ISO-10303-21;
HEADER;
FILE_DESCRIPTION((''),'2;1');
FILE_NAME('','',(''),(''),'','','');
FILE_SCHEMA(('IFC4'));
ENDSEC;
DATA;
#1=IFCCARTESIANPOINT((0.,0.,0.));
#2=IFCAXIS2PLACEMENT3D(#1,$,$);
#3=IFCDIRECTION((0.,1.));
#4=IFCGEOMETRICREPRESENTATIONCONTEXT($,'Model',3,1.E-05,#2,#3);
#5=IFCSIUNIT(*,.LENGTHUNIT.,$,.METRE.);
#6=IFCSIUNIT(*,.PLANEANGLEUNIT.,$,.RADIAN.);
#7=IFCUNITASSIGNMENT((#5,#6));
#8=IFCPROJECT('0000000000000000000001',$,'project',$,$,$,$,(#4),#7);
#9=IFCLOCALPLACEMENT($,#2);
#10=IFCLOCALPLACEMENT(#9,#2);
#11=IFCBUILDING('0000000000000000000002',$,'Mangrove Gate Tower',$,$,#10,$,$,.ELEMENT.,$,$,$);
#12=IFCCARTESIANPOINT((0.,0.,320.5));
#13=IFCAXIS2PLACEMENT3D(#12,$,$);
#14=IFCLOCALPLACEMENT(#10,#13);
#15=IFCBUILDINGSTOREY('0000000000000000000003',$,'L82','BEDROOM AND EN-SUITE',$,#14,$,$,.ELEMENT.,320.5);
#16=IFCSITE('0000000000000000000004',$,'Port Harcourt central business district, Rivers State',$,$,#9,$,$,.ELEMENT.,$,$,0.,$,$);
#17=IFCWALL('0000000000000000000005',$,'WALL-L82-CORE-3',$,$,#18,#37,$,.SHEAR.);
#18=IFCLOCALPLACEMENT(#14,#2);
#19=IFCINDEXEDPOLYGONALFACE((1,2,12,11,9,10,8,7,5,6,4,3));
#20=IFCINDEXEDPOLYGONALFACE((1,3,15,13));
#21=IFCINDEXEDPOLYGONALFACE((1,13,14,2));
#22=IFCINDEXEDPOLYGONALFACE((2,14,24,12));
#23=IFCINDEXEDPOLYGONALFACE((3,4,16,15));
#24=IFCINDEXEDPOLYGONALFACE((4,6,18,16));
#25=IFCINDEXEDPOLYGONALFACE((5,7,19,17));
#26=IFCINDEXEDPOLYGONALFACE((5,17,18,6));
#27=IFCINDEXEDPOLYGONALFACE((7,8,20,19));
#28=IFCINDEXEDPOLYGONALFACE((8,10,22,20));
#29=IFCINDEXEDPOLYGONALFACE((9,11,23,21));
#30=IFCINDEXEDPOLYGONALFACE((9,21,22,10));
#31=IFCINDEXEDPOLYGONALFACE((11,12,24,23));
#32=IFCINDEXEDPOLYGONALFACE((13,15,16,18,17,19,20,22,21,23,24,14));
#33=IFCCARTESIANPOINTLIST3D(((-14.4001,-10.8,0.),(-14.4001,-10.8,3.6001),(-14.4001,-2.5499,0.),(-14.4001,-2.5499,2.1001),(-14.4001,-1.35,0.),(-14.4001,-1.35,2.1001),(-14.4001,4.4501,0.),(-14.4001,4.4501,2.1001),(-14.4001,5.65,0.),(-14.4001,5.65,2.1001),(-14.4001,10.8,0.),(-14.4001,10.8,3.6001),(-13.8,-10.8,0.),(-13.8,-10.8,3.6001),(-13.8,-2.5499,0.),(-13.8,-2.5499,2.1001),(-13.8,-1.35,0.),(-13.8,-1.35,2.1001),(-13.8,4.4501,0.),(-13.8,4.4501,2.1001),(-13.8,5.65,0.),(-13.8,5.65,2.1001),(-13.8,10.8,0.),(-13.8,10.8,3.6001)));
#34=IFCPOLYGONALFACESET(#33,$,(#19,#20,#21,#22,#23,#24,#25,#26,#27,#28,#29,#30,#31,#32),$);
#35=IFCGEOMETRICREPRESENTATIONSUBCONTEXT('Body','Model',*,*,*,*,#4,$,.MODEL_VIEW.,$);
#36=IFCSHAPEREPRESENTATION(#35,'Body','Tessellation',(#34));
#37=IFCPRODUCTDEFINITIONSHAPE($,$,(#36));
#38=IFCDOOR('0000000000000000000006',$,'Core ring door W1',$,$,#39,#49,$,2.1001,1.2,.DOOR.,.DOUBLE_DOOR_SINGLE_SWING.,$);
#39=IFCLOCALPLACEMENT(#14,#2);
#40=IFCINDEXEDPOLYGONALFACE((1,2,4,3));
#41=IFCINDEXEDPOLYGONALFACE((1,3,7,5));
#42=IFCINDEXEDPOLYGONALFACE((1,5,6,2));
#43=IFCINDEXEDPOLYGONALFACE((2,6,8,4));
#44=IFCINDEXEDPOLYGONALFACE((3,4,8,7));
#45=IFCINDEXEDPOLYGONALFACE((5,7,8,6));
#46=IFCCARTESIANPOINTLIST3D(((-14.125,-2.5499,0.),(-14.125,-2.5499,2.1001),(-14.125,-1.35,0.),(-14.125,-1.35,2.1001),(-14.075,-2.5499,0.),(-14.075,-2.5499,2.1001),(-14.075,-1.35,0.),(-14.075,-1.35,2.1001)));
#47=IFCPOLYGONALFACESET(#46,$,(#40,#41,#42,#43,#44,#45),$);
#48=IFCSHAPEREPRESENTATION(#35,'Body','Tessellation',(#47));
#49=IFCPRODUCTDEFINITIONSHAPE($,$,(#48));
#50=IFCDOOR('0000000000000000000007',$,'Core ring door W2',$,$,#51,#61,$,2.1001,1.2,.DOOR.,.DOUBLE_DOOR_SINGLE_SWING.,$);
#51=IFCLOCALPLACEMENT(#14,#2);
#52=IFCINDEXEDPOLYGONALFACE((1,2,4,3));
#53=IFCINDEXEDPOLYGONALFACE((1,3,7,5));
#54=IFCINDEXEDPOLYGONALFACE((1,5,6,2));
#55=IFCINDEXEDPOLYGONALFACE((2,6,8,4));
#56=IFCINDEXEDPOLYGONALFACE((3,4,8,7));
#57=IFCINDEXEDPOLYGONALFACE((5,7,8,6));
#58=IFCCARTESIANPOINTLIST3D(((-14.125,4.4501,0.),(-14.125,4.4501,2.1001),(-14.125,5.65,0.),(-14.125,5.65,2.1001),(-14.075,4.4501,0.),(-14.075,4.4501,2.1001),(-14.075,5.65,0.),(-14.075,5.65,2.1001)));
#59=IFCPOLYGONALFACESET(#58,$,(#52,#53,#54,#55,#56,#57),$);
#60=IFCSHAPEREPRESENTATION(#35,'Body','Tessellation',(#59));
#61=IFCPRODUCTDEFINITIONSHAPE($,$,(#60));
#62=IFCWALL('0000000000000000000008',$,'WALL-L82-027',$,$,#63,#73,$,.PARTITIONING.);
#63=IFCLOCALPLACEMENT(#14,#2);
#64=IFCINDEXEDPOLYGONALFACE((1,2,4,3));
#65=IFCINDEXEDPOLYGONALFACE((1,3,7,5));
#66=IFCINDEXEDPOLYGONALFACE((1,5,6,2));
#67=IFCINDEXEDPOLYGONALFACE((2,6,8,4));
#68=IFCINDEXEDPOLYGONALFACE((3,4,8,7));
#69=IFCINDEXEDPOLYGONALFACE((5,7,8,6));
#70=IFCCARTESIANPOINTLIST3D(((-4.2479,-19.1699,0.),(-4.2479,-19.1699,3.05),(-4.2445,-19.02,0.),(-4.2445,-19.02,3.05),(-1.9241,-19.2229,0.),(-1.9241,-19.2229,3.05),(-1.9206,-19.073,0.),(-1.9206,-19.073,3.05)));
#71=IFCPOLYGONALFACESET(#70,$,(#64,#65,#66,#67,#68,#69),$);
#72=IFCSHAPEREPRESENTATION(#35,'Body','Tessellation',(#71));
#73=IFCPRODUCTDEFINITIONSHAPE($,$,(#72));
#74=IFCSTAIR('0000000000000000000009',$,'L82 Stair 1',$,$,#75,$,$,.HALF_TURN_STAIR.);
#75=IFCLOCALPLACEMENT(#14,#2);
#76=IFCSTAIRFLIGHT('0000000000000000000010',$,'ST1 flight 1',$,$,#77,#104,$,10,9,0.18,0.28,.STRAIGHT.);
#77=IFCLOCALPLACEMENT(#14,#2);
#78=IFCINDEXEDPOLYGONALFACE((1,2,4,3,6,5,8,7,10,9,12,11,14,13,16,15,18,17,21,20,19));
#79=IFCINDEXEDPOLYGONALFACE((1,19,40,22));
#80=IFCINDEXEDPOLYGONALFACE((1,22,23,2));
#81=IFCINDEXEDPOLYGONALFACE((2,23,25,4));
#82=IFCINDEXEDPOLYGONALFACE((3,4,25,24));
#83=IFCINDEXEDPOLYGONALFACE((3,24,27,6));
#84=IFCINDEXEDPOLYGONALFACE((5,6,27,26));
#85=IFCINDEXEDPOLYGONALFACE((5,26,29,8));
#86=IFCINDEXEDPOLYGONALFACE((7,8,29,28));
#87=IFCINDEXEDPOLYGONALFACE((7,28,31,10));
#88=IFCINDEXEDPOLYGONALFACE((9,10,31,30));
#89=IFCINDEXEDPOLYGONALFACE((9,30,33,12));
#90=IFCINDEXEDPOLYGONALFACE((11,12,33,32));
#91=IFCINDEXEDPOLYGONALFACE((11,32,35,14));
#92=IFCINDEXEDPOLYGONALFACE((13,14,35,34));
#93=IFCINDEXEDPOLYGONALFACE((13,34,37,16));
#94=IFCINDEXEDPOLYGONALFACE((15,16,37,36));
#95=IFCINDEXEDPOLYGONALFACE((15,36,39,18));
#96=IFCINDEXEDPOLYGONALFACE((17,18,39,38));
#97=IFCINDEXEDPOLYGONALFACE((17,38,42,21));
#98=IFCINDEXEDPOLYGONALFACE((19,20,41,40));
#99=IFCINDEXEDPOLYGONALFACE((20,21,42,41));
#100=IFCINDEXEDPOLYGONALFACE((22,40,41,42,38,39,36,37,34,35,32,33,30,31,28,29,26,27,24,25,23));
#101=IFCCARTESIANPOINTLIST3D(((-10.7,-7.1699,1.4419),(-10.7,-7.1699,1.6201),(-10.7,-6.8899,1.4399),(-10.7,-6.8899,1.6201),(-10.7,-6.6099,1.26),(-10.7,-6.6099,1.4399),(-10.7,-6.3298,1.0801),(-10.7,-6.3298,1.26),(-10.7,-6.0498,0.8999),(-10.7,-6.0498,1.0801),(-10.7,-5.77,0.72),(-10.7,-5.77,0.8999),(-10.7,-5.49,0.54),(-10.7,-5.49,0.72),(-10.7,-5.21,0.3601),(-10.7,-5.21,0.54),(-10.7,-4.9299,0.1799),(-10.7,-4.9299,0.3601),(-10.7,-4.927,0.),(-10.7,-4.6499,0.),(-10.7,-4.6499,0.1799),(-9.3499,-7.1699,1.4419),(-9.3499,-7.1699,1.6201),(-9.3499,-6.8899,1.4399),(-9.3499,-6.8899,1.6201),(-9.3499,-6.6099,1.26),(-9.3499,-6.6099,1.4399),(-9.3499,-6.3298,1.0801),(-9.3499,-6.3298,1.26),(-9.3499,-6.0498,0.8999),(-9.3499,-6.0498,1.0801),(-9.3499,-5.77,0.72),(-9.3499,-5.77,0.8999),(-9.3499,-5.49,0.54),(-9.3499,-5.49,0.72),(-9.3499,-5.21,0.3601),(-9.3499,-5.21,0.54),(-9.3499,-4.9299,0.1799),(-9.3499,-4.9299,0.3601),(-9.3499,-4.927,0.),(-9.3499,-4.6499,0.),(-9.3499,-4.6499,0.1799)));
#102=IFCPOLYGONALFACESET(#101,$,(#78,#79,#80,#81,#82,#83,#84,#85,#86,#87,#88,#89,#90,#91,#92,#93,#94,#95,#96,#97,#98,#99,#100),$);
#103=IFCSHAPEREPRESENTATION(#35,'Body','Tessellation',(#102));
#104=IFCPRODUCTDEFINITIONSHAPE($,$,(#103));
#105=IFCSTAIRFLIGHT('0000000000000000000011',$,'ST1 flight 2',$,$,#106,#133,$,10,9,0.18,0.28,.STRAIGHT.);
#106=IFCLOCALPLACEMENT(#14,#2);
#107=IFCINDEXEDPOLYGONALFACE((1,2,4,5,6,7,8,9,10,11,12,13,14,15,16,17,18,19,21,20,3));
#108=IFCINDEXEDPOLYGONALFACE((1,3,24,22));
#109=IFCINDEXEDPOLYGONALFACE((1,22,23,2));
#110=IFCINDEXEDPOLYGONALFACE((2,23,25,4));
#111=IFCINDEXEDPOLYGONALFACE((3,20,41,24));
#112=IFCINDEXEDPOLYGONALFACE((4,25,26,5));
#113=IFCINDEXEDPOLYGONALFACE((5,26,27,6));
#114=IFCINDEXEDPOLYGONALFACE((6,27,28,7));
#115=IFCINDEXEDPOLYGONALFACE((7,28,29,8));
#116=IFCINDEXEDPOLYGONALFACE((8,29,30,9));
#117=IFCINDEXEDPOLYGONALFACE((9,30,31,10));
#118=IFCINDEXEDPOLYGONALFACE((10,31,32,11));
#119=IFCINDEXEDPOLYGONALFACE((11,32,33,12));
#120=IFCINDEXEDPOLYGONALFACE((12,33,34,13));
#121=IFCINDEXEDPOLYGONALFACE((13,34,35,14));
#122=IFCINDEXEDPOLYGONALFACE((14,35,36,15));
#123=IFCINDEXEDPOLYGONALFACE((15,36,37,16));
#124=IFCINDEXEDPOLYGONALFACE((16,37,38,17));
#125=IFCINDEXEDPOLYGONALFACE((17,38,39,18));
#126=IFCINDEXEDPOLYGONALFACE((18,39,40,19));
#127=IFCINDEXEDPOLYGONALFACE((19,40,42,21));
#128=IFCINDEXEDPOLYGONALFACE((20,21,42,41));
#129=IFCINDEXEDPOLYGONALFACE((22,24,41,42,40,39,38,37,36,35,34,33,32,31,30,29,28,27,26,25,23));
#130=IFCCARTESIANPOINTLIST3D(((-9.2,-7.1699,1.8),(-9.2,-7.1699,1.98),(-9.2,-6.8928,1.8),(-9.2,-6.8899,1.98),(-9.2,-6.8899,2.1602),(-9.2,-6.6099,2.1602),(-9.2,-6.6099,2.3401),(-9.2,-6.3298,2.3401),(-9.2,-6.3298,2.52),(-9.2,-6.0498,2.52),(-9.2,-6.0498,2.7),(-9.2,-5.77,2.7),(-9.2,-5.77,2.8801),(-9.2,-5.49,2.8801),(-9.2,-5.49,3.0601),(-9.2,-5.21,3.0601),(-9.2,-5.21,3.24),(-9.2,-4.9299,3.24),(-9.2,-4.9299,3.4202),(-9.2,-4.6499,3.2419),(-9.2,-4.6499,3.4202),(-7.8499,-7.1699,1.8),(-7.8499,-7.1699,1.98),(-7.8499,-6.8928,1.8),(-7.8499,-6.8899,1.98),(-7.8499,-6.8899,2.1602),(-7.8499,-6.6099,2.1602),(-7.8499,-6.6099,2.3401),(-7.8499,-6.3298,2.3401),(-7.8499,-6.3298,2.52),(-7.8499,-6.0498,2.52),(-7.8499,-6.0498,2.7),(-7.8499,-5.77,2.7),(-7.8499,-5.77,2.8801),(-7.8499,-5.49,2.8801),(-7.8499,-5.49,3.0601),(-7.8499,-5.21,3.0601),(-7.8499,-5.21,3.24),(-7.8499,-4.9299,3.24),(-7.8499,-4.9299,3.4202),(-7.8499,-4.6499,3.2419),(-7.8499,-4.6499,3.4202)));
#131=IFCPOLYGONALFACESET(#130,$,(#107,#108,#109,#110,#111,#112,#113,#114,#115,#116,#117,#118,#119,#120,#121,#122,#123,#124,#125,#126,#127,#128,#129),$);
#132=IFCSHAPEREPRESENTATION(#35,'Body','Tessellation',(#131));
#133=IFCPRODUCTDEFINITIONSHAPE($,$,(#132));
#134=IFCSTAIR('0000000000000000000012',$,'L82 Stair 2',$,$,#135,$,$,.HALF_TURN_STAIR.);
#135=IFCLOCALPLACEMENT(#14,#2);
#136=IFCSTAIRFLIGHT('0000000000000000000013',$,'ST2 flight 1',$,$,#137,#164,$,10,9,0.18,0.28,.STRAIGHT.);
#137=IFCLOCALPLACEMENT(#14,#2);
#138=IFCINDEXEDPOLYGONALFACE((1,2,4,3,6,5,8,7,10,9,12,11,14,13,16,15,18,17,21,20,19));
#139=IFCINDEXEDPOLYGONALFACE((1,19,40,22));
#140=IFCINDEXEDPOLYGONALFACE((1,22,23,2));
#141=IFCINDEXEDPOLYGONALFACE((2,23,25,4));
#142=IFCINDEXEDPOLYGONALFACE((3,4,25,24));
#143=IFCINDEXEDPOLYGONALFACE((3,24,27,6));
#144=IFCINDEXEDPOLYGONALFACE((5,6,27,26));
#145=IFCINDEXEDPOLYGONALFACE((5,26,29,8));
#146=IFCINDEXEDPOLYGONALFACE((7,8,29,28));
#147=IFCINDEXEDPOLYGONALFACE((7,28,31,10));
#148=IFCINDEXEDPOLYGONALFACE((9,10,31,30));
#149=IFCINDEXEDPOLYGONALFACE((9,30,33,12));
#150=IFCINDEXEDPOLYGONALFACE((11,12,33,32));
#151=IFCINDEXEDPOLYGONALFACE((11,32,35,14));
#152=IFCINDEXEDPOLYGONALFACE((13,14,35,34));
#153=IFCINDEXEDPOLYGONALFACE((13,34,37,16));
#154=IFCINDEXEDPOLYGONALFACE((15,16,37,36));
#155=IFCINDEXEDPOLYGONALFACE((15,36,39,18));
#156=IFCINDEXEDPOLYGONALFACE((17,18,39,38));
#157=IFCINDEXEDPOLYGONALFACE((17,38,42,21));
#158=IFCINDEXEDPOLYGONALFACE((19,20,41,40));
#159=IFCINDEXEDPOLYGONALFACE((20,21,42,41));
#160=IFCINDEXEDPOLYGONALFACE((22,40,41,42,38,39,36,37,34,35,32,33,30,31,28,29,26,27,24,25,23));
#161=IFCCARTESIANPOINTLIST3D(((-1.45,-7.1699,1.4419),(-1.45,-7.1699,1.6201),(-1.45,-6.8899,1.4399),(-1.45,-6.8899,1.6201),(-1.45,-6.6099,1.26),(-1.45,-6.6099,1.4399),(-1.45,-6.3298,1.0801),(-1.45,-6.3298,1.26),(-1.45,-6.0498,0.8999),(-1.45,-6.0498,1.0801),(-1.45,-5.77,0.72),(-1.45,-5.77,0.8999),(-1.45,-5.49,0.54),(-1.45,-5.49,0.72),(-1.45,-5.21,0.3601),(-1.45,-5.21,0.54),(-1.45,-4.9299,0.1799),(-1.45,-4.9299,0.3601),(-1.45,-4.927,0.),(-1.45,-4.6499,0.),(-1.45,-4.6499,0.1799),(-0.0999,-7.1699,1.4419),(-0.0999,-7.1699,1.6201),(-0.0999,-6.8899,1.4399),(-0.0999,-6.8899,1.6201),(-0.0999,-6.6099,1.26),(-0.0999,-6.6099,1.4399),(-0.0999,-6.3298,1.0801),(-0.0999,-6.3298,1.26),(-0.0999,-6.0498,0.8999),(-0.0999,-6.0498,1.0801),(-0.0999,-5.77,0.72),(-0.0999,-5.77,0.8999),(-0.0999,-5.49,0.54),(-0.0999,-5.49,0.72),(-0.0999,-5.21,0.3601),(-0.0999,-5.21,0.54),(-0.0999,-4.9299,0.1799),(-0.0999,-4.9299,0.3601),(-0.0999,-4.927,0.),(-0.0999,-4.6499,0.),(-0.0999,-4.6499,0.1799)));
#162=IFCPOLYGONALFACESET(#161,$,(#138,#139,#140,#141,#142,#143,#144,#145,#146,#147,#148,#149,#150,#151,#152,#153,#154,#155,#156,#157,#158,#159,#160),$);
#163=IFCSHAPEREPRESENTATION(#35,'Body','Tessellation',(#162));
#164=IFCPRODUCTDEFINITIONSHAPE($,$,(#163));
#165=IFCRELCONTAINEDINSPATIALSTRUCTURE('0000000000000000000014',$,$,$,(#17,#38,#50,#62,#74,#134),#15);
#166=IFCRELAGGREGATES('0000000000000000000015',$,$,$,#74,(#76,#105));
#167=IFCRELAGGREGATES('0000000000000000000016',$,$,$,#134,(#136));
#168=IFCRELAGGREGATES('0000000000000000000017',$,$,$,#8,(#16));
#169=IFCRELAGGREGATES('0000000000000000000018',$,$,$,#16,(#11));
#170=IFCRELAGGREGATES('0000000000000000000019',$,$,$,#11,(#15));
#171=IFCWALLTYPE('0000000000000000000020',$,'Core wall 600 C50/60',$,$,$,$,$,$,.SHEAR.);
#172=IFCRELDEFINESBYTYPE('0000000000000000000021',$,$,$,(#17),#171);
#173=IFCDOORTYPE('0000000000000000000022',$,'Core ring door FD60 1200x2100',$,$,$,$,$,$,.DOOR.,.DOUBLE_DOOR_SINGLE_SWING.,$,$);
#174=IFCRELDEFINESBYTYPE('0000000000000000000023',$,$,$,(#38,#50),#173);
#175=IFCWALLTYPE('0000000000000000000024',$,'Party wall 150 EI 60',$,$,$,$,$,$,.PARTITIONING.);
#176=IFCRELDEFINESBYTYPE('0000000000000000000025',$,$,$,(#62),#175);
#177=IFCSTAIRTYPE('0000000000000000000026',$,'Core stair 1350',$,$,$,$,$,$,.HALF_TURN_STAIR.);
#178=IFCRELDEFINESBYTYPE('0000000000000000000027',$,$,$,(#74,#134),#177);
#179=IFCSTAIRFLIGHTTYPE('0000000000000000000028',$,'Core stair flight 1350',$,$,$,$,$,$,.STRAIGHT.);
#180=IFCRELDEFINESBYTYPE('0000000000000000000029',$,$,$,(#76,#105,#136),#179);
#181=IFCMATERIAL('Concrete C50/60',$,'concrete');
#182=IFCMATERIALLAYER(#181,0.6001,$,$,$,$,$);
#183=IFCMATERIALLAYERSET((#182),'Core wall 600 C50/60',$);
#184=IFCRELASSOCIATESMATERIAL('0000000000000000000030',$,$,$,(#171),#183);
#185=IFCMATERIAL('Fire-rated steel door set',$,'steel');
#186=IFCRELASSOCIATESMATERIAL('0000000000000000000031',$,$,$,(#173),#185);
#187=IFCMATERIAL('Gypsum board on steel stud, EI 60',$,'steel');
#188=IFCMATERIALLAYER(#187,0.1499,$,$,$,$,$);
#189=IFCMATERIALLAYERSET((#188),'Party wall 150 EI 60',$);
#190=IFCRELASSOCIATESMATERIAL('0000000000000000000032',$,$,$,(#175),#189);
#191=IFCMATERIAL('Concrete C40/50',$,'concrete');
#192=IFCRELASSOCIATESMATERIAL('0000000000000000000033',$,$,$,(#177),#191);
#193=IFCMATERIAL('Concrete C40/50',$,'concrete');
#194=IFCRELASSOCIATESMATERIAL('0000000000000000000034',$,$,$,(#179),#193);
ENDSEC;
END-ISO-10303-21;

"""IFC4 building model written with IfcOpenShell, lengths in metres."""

from ifc_helpers import new_model, si_unit, direction, frame, frame_2d, origin, place, context, subcontext, project, spatial, polyline, rectangle, outline, extrude, material, layer, layer_set, type_object, element, fill, aggregate, save


model = new_model("IFC4")

# Units and contexts
model_context = context("Model", 3, precision=1e-05, world=origin(), true_north=direction((0.0, 1.0)))
body_context = subcontext(model_context, "Body", "Model", "MODEL_VIEW")
ifc_project = project(units=[si_unit("LENGTHUNIT", "METRE"), si_unit("PLANEANGLEUNIT", "RADIAN")], contexts=[model_context])

# Site, building, storey
site_placement = place(None, origin())
site = spatial("IfcSite", under=ifc_project, at=site_placement, Name="Port Harcourt central business district, Rivers State", CompositionType="ELEMENT", RefElevation=0.0)
building_placement = place(site_placement, origin())
building = spatial("IfcBuilding", under=site, at=building_placement, Name="Mangrove Gate Tower", CompositionType="ELEMENT")
storey_placement = place(building_placement, frame((0.0, 0.0, 320.5)))
storey = spatial("IfcBuildingStorey", under=building, at=storey_placement, Name="L82", Description="BEDROOM AND EN-SUITE", CompositionType="ELEMENT", Elevation=320.5)

# Shared definitions
ifc_material_1 = material(Name="Concrete C50/60", Category="concrete")
ifc_layer_1 = layer(ifc_material_1, 0.6001)
ifc_layer_set_1 = layer_set([ifc_layer_1], Name="Core wall 600 C50/60")
wall_type_1 = type_object("IfcWallType", Name="Core wall 600 C50/60", PredefinedType="SHEAR", material=ifc_layer_set_1)

# Wall, openings, doors
wall_1_placement = place(storey_placement, frame((-14.1001, -10.8, 0.0), z_axis=(0.0, 0.0, 1.0), x_axis=(0.0, 1.0, 0.0)))
wall_1 = element("IfcWall", 1, at=wall_1_placement, inside=storey, type_object=wall_type_1, Name="WALL-L82-CORE-3", PredefinedType="SHEAR", context=body_context, shape_type="SweptSolid", body=[
    extrude(rectangle(XDim=21.6001, YDim=0.6001, at=frame_2d((10.8, 0.0))), origin(), (0.0, 0.0, 1.0), 3.6001),
])
opening_1_placement = place(wall_1_placement, frame((8.25, 0.0, 0.0)))
opening_1 = element("IfcOpeningElement", 2, at=opening_1_placement, cuts=wall_1, PredefinedType="OPENING", context=body_context, shape_type="SweptSolid", body=[
    extrude(rectangle(XDim=1.2, YDim=2.1001, at=frame_2d((0.6001, 1.05))), frame((0.0, 0.3101, 0.0), z_axis=(0.0, -1.0, 0.0), x_axis=(1.0, 0.0, 0.0)), (0.0, 0.0, 1.0), 0.6201),
])
opening_2_placement = place(wall_1_placement, frame((15.25, 0.0, 0.0)))
opening_2 = element("IfcOpeningElement", 3, at=opening_2_placement, cuts=wall_1, PredefinedType="OPENING", context=body_context, shape_type="SweptSolid", body=[
    extrude(rectangle(XDim=1.2, YDim=2.1001, at=frame_2d((0.6001, 1.05))), frame((0.0, 0.3101, 0.0), z_axis=(0.0, -1.0, 0.0), x_axis=(1.0, 0.0, 0.0)), (0.0, 0.0, 1.0), 0.6201),
])
ifc_material_2 = material(Name="Fire-rated steel door set", Category="steel")
door_type_1 = type_object("IfcDoorType", Name="Core ring door FD60 1200x2100", OperationType="DOUBLE_DOOR_SINGLE_SWING", PredefinedType="DOOR", material=ifc_material_2)
door_1_placement = place(opening_1_placement, origin())
door_1 = element("IfcDoor", 4, at=door_1_placement, inside=storey, type_object=door_type_1, Name="Core ring door W1", OperationType="DOUBLE_DOOR_SINGLE_SWING", OverallHeight=2.1001, OverallWidth=1.2, PredefinedType="DOOR", context=body_context, shape_type="SweptSolid", body=[
    extrude(rectangle(XDim=1.2, YDim=2.1001, at=frame_2d((0.6001, 1.05))), frame((0.0, 0.0249, 0.0), z_axis=(0.0, -1.0, 0.0), x_axis=(1.0, 0.0, 0.0)), (0.0, 0.0, 1.0), 0.05),
])
fill(opening_1, door_1)
door_2_placement = place(opening_2_placement, origin())
door_2 = element("IfcDoor", 5, at=door_2_placement, inside=storey, type_object=door_type_1, Name="Core ring door W2", OperationType="DOUBLE_DOOR_SINGLE_SWING", OverallHeight=2.1001, OverallWidth=1.2, PredefinedType="DOOR", context=body_context, shape_type="SweptSolid", body=[
    extrude(rectangle(XDim=1.2, YDim=2.1001, at=frame_2d((0.6001, 1.05))), frame((0.0, 0.0249, 0.0), z_axis=(0.0, -1.0, 0.0), x_axis=(1.0, 0.0, 0.0)), (0.0, 0.0, 1.0), 0.05),
])
fill(opening_2, door_2)

# Wall
ifc_material_3 = material(Name="Gypsum board on steel stud, EI 60", Category="steel")
ifc_layer_2 = layer(ifc_material_3, 0.1499)
ifc_layer_set_2 = layer_set([ifc_layer_2], Name="Party wall 150 EI 60")
wall_type_2 = type_object("IfcWallType", Name="Party wall 150 EI 60", PredefinedType="PARTITIONING", material=ifc_layer_set_2)
wall_2_placement = place(storey_placement, frame((-4.2461, -19.095, 0.0), z_axis=(0.0, 0.0, 1.0), x_axis=(0.99974, -0.022791, 0.0)))
element("IfcWall", 6, at=wall_2_placement, inside=storey, type_object=wall_type_2, Name="WALL-L82-027", PredefinedType="PARTITIONING", context=body_context, shape_type="SweptSolid", body=[
    extrude(rectangle(XDim=2.3245, YDim=0.1499, at=frame_2d((1.1621, 0.0))), origin(), (0.0, 0.0, 1.0), 3.05),
])

# Stair, stair flights
ifc_material_4 = material(Name="Concrete C40/50", Category="concrete")
stair_type = type_object("IfcStairType", Name="Core stair 1350", PredefinedType="HALF_TURN_STAIR", material=ifc_material_4)
stair_1_placement = place(storey_placement, origin())
stair_1 = element("IfcStair", 7, at=stair_1_placement, inside=storey, type_object=stair_type, Name="L82 Stair 1", PredefinedType="HALF_TURN_STAIR")
ifc_material_5 = material(Name="Concrete C40/50", Category="concrete")
stair_flight_type = type_object("IfcStairFlightType", Name="Core stair flight 1350", PredefinedType="STRAIGHT", material=ifc_material_5)
stair_flight_1_placement = place(storey_placement, frame((-10.0249, -4.6499, 0.0), z_axis=(0.0, 0.0, 1.0), x_axis=(0.0, -1.0, 0.0)))
stair_flight_1 = element("IfcStairFlight", 8, at=stair_flight_1_placement, type_object=stair_flight_type, Name="ST1 flight 1", NumberOfRisers=10, NumberOfTreads=9, PredefinedType="STRAIGHT", RiserHeight=0.18, TreadLength=0.28, context=body_context, shape_type="SweptSolid", body=[
    extrude(outline(polyline([(0.0, 0.0), (0.0, 0.1799), (0.28, 0.1799), (0.28, 0.3601), (0.5601, 0.3601), (0.5601, 0.54), (0.8401, 0.54), (0.8401, 0.72), (1.1201, 0.72), (1.1201, 0.8999), (1.3999, 0.8999), (1.3999, 1.0801), (1.6799, 1.0801), (1.6799, 1.26), (1.96, 1.26), (1.96, 1.4399), (2.24, 1.4399), (2.24, 1.6201), (2.52, 1.6201), (2.52, 1.8), (2.52, 1.4419), (0.2771, 0.0), (0.0, 0.0)])), frame((0.0, 0.675, 0.0), z_axis=(0.0, -1.0, 0.0), x_axis=(1.0, 0.0, 0.0)), (0.0, 0.0, 1.0), 1.3501),
])
stair_flight_2_placement = place(storey_placement, frame((-8.5249, -7.1699, 1.8), z_axis=(0.0, 0.0, 1.0), x_axis=(0.0, 1.0, 0.0)))
stair_flight_2 = element("IfcStairFlight", 9, at=stair_flight_2_placement, type_object=stair_flight_type, Name="ST1 flight 2", NumberOfRisers=10, NumberOfTreads=9, PredefinedType="STRAIGHT", RiserHeight=0.18, TreadLength=0.28, context=body_context, shape_type="SweptSolid", body=[
    extrude(outline(polyline([(0.0, 0.0), (0.0, 0.1799), (0.28, 0.1799), (0.28, 0.3601), (0.5601, 0.3601), (0.5601, 0.54), (0.8401, 0.54), (0.8401, 0.72), (1.1201, 0.72), (1.1201, 0.8999), (1.3999, 0.8999), (1.3999, 1.0801), (1.6799, 1.0801), (1.6799, 1.26), (1.96, 1.26), (1.96, 1.4399), (2.24, 1.4399), (2.24, 1.6201), (2.52, 1.6201), (2.52, 1.8), (2.52, 1.4419), (0.2771, 0.0), (0.0, 0.0)])), frame((0.0, 0.675, 0.0), z_axis=(0.0, -1.0, 0.0), x_axis=(1.0, 0.0, 0.0)), (0.0, 0.0, 1.0), 1.3501),
])
aggregate(stair_1, [stair_flight_1, stair_flight_2])

# Stair, stair flight
stair_2_placement = place(storey_placement, origin())
stair_2 = element("IfcStair", 10, at=stair_2_placement, inside=storey, type_object=stair_type, Name="L82 Stair 2", PredefinedType="HALF_TURN_STAIR")
stair_flight_3_placement = place(storey_placement, frame((-0.7749, -4.6499, 0.0), z_axis=(0.0, 0.0, 1.0), x_axis=(0.0, -1.0, 0.0)))
stair_flight_3 = element("IfcStairFlight", 11, at=stair_flight_3_placement, type_object=stair_flight_type, Name="ST2 flight 1", NumberOfRisers=10, NumberOfTreads=9, PredefinedType="STRAIGHT", RiserHeight=0.18, TreadLength=0.28, context=body_context, shape_type="SweptSolid", body=[
    extrude(outline(polyline([(0.0, 0.0), (0.0, 0.1799), (0.28, 0.1799), (0.28, 0.3601), (0.5601, 0.3601), (0.5601, 0.54), (0.8401, 0.54), (0.8401, 0.72), (1.1201, 0.72), (1.1201, 0.8999), (1.3999, 0.8999), (1.3999, 1.0801), (1.6799, 1.0801), (1.6799, 1.26), (1.96, 1.26), (1.96, 1.4399), (2.24, 1.4399), (2.24, 1.6201), (2.52, 1.6201), (2.52, 1.8), (2.52, 1.4419), (0.2771, 0.0), (0.0, 0.0)])), frame((0.0, 0.675, 0.0), z_axis=(0.0, -1.0, 0.0), x_axis=(1.0, 0.0, 0.0)), (0.0, 0.0, 1.0), 1.3501),
])
aggregate(stair_2, [stair_flight_3])

save(model, "model.ifc")
